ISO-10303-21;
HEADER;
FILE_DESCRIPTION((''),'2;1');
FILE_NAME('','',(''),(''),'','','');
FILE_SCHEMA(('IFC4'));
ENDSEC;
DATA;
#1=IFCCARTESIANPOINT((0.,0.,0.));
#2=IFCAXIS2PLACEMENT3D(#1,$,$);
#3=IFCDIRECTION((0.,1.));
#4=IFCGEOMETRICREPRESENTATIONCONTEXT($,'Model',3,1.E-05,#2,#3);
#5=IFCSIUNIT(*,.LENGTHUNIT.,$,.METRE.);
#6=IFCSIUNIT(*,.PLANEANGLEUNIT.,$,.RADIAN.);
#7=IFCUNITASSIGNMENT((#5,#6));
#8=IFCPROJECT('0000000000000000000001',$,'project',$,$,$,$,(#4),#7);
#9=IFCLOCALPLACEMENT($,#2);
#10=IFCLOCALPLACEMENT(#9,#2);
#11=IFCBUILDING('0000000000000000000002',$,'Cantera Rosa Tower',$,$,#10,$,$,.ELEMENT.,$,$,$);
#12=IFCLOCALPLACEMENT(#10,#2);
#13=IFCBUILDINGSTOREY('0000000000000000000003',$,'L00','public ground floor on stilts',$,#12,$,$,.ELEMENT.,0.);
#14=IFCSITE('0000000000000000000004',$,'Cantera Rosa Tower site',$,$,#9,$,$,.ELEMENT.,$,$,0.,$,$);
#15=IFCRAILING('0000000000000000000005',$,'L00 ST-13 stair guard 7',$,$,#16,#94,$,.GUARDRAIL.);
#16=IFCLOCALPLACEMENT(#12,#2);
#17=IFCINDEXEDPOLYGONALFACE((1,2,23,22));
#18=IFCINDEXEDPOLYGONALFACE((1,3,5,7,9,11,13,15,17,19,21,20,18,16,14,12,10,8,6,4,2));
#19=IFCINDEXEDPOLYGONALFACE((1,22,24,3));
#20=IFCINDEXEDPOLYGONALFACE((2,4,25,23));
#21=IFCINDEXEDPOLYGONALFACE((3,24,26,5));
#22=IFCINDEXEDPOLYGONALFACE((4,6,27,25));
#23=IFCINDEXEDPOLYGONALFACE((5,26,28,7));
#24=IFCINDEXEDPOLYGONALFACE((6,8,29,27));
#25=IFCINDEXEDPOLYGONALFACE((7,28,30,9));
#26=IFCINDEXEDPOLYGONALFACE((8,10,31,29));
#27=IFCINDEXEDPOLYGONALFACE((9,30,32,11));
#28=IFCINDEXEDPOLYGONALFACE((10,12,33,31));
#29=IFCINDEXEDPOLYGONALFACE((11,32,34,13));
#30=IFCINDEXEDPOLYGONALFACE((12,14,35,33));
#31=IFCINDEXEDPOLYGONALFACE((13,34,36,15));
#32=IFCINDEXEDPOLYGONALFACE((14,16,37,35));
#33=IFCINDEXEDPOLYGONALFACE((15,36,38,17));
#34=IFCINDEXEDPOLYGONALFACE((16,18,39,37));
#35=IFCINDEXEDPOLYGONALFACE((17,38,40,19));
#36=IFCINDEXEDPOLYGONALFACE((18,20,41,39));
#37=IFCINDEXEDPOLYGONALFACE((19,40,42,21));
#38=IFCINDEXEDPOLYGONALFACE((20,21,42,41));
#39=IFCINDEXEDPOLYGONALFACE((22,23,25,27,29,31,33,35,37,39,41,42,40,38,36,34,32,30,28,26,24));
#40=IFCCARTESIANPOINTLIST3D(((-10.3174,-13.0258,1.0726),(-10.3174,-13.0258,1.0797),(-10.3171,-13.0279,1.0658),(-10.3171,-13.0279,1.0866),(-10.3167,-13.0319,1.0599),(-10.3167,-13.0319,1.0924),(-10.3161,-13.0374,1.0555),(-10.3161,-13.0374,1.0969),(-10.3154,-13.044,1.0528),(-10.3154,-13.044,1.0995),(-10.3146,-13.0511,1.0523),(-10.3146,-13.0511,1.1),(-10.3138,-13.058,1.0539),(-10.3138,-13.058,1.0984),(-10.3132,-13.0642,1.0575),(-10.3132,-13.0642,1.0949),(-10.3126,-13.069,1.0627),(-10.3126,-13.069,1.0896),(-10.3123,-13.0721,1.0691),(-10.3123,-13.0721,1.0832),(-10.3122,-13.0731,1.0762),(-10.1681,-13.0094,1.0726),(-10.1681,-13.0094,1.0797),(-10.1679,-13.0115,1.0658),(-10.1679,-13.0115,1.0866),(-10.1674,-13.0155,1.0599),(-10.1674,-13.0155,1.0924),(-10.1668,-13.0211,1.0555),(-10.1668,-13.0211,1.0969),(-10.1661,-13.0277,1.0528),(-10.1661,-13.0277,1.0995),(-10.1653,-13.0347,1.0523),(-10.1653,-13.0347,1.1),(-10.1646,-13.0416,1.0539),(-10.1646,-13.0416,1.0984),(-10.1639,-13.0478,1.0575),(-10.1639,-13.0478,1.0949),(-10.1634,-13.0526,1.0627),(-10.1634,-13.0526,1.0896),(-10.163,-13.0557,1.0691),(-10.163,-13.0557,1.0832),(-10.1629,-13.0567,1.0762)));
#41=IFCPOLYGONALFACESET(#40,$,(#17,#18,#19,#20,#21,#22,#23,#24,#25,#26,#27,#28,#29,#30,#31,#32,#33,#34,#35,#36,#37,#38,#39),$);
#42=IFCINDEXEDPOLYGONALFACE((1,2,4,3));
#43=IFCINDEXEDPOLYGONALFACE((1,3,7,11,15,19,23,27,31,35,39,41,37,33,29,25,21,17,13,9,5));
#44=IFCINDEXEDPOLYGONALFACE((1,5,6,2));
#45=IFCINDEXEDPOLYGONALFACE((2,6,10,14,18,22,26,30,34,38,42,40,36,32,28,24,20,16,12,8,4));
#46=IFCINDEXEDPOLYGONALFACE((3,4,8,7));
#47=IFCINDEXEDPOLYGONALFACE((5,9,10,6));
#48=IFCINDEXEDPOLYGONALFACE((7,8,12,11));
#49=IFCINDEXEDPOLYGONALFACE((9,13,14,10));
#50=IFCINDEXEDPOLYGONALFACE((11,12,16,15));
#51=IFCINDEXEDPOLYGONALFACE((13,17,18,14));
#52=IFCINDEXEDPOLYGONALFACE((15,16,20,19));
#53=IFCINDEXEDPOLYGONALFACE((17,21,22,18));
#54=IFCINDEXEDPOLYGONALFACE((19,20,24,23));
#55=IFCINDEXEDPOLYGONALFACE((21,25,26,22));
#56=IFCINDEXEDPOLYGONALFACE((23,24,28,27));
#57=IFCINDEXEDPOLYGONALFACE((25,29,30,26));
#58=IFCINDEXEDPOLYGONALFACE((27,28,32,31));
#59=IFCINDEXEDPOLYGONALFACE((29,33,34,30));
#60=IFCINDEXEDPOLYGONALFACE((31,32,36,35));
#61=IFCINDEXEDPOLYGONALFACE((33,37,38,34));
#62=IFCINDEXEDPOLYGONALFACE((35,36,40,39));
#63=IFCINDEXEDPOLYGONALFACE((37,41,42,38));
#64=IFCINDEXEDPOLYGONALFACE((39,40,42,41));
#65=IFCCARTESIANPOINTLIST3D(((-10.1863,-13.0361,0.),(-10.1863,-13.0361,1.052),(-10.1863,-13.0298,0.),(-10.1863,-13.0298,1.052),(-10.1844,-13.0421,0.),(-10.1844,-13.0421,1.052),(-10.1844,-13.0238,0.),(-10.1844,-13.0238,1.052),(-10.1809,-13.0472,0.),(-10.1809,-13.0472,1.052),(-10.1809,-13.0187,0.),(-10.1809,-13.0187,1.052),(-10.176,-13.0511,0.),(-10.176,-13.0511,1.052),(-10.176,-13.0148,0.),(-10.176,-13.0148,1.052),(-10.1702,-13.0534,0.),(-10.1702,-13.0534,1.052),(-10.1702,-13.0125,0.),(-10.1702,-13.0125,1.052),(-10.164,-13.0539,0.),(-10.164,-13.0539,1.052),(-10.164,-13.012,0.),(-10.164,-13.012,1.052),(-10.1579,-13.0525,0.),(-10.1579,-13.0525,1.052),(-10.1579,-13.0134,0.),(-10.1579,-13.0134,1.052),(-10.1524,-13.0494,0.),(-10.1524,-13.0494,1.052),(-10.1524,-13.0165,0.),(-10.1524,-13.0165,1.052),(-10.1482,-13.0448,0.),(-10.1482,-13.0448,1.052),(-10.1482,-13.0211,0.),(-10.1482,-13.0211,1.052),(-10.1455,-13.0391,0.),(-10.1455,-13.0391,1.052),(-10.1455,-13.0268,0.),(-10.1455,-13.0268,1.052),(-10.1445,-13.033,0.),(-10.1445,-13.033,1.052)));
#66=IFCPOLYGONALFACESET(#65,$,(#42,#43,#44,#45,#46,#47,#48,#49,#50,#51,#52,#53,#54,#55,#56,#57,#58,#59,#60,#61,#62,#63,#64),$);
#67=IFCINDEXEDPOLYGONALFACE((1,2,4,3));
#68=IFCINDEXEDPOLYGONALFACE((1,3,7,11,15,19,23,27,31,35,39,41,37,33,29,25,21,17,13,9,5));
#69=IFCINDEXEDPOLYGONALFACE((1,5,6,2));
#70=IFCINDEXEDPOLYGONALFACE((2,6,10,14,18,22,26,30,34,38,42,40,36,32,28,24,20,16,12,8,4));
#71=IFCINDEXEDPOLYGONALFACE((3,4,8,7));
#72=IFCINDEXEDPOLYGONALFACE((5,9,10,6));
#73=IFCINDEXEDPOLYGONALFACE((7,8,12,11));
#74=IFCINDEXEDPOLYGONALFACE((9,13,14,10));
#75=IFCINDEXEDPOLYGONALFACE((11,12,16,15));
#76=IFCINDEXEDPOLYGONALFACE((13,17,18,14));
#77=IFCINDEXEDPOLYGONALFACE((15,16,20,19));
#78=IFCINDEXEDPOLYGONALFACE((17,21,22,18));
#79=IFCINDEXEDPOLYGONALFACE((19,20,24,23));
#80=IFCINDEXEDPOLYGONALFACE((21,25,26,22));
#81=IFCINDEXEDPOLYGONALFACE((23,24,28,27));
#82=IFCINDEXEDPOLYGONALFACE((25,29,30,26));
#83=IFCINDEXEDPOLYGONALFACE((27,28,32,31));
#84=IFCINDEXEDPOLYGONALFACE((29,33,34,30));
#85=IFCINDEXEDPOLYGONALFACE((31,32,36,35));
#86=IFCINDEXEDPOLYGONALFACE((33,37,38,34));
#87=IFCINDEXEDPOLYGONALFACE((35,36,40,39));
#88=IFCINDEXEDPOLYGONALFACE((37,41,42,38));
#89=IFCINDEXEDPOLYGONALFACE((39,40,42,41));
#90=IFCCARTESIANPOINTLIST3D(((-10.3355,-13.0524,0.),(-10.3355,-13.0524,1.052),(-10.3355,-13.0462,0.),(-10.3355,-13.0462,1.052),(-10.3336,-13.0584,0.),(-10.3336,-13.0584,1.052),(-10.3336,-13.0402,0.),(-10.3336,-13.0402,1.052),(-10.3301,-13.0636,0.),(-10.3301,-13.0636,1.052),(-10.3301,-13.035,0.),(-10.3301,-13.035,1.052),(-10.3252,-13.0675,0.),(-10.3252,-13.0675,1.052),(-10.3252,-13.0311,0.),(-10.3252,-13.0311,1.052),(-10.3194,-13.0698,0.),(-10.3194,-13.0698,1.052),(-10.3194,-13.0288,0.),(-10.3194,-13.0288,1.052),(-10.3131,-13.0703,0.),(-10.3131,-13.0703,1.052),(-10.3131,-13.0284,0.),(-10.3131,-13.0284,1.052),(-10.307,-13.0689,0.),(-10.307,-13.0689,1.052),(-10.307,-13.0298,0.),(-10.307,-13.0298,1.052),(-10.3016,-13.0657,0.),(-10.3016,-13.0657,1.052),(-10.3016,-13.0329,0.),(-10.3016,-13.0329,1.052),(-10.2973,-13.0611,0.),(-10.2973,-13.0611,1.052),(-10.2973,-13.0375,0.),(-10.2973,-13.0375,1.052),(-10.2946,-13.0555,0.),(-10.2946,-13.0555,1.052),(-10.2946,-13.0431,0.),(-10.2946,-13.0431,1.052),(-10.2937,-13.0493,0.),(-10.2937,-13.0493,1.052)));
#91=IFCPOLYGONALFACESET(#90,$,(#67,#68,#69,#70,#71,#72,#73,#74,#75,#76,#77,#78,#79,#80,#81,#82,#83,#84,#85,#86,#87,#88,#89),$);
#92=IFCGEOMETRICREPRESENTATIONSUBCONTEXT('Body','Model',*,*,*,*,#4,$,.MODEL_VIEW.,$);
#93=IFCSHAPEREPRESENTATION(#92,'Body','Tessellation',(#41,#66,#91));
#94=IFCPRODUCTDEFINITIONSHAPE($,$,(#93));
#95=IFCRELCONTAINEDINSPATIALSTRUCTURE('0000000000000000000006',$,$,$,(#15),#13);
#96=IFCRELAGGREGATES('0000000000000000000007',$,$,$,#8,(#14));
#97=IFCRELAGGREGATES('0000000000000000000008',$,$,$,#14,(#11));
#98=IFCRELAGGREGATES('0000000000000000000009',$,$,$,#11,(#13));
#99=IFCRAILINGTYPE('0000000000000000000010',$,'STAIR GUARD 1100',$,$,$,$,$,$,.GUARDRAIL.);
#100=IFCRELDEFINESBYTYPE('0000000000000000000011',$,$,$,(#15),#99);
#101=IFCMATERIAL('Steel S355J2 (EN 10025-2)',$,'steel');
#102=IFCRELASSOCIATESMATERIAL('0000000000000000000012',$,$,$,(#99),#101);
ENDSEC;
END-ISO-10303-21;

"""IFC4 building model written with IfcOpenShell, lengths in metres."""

from ifc_helpers import new_model, si_unit, direction, frame, origin, origin_2d, place, context, subcontext, project, spatial, circle, extrude, material, type_object, element, save


model = new_model("IFC4")

# Units and contexts
model_context = context("Model", 3, precision=1e-05, world=origin(), true_north=direction((0.0, 1.0)))
body_context = subcontext(model_context, "Body", "Model", "MODEL_VIEW")
ifc_project = project(units=[si_unit("LENGTHUNIT", "METRE"), si_unit("PLANEANGLEUNIT", "RADIAN")], contexts=[model_context])

# Site, building, storey
site_placement = place(None, origin())
site = spatial("IfcSite", under=ifc_project, at=site_placement, Name="Cantera Rosa Tower site", CompositionType="ELEMENT", RefElevation=0.0)
building_placement = place(site_placement, origin())
building = spatial("IfcBuilding", under=site, at=building_placement, Name="Cantera Rosa Tower", CompositionType="ELEMENT")
storey_placement = place(building_placement, origin())
storey = spatial("IfcBuildingStorey", under=building, at=storey_placement, Name="L00", Description="public ground floor on stilts", CompositionType="ELEMENT", Elevation=0.0)

# Railing
ifc_material_1 = material(Name="Steel S355J2 (EN 10025-2)", Category="steel")
railing_type_1 = type_object("IfcRailingType", Name="STAIR GUARD 1100", PredefinedType="GUARDRAIL", material=ifc_material_1)
railing_1_placement = place(storey_placement, frame((-10.1655, -13.033, 0.0)))
element("IfcRailing", 1, at=railing_1_placement, inside=storey, type_object=railing_type_1, Name="L00 ST-13 stair guard 7", PredefinedType="GUARDRAIL", context=body_context, shape_type="SweptSolid", body=[
    extrude(circle(Radius=0.0239, at=origin_2d()), frame((0.0, 0.0, 1.0762), z_axis=(-0.994041, -0.109003, 0.0), x_axis=(0.109003, -0.994041, 0.0)), (0.0, 0.0, 1.0), 0.1501),
    extrude(circle(Radius=0.021, at=origin_2d()), origin(), (0.0, 0.0, 1.0), 1.052),
    extrude(circle(Radius=0.021, at=origin_2d()), frame((-0.1492, -0.0164, 0.0)), (0.0, 0.0, 1.0), 1.052),
])

save(model, "model.ifc")
